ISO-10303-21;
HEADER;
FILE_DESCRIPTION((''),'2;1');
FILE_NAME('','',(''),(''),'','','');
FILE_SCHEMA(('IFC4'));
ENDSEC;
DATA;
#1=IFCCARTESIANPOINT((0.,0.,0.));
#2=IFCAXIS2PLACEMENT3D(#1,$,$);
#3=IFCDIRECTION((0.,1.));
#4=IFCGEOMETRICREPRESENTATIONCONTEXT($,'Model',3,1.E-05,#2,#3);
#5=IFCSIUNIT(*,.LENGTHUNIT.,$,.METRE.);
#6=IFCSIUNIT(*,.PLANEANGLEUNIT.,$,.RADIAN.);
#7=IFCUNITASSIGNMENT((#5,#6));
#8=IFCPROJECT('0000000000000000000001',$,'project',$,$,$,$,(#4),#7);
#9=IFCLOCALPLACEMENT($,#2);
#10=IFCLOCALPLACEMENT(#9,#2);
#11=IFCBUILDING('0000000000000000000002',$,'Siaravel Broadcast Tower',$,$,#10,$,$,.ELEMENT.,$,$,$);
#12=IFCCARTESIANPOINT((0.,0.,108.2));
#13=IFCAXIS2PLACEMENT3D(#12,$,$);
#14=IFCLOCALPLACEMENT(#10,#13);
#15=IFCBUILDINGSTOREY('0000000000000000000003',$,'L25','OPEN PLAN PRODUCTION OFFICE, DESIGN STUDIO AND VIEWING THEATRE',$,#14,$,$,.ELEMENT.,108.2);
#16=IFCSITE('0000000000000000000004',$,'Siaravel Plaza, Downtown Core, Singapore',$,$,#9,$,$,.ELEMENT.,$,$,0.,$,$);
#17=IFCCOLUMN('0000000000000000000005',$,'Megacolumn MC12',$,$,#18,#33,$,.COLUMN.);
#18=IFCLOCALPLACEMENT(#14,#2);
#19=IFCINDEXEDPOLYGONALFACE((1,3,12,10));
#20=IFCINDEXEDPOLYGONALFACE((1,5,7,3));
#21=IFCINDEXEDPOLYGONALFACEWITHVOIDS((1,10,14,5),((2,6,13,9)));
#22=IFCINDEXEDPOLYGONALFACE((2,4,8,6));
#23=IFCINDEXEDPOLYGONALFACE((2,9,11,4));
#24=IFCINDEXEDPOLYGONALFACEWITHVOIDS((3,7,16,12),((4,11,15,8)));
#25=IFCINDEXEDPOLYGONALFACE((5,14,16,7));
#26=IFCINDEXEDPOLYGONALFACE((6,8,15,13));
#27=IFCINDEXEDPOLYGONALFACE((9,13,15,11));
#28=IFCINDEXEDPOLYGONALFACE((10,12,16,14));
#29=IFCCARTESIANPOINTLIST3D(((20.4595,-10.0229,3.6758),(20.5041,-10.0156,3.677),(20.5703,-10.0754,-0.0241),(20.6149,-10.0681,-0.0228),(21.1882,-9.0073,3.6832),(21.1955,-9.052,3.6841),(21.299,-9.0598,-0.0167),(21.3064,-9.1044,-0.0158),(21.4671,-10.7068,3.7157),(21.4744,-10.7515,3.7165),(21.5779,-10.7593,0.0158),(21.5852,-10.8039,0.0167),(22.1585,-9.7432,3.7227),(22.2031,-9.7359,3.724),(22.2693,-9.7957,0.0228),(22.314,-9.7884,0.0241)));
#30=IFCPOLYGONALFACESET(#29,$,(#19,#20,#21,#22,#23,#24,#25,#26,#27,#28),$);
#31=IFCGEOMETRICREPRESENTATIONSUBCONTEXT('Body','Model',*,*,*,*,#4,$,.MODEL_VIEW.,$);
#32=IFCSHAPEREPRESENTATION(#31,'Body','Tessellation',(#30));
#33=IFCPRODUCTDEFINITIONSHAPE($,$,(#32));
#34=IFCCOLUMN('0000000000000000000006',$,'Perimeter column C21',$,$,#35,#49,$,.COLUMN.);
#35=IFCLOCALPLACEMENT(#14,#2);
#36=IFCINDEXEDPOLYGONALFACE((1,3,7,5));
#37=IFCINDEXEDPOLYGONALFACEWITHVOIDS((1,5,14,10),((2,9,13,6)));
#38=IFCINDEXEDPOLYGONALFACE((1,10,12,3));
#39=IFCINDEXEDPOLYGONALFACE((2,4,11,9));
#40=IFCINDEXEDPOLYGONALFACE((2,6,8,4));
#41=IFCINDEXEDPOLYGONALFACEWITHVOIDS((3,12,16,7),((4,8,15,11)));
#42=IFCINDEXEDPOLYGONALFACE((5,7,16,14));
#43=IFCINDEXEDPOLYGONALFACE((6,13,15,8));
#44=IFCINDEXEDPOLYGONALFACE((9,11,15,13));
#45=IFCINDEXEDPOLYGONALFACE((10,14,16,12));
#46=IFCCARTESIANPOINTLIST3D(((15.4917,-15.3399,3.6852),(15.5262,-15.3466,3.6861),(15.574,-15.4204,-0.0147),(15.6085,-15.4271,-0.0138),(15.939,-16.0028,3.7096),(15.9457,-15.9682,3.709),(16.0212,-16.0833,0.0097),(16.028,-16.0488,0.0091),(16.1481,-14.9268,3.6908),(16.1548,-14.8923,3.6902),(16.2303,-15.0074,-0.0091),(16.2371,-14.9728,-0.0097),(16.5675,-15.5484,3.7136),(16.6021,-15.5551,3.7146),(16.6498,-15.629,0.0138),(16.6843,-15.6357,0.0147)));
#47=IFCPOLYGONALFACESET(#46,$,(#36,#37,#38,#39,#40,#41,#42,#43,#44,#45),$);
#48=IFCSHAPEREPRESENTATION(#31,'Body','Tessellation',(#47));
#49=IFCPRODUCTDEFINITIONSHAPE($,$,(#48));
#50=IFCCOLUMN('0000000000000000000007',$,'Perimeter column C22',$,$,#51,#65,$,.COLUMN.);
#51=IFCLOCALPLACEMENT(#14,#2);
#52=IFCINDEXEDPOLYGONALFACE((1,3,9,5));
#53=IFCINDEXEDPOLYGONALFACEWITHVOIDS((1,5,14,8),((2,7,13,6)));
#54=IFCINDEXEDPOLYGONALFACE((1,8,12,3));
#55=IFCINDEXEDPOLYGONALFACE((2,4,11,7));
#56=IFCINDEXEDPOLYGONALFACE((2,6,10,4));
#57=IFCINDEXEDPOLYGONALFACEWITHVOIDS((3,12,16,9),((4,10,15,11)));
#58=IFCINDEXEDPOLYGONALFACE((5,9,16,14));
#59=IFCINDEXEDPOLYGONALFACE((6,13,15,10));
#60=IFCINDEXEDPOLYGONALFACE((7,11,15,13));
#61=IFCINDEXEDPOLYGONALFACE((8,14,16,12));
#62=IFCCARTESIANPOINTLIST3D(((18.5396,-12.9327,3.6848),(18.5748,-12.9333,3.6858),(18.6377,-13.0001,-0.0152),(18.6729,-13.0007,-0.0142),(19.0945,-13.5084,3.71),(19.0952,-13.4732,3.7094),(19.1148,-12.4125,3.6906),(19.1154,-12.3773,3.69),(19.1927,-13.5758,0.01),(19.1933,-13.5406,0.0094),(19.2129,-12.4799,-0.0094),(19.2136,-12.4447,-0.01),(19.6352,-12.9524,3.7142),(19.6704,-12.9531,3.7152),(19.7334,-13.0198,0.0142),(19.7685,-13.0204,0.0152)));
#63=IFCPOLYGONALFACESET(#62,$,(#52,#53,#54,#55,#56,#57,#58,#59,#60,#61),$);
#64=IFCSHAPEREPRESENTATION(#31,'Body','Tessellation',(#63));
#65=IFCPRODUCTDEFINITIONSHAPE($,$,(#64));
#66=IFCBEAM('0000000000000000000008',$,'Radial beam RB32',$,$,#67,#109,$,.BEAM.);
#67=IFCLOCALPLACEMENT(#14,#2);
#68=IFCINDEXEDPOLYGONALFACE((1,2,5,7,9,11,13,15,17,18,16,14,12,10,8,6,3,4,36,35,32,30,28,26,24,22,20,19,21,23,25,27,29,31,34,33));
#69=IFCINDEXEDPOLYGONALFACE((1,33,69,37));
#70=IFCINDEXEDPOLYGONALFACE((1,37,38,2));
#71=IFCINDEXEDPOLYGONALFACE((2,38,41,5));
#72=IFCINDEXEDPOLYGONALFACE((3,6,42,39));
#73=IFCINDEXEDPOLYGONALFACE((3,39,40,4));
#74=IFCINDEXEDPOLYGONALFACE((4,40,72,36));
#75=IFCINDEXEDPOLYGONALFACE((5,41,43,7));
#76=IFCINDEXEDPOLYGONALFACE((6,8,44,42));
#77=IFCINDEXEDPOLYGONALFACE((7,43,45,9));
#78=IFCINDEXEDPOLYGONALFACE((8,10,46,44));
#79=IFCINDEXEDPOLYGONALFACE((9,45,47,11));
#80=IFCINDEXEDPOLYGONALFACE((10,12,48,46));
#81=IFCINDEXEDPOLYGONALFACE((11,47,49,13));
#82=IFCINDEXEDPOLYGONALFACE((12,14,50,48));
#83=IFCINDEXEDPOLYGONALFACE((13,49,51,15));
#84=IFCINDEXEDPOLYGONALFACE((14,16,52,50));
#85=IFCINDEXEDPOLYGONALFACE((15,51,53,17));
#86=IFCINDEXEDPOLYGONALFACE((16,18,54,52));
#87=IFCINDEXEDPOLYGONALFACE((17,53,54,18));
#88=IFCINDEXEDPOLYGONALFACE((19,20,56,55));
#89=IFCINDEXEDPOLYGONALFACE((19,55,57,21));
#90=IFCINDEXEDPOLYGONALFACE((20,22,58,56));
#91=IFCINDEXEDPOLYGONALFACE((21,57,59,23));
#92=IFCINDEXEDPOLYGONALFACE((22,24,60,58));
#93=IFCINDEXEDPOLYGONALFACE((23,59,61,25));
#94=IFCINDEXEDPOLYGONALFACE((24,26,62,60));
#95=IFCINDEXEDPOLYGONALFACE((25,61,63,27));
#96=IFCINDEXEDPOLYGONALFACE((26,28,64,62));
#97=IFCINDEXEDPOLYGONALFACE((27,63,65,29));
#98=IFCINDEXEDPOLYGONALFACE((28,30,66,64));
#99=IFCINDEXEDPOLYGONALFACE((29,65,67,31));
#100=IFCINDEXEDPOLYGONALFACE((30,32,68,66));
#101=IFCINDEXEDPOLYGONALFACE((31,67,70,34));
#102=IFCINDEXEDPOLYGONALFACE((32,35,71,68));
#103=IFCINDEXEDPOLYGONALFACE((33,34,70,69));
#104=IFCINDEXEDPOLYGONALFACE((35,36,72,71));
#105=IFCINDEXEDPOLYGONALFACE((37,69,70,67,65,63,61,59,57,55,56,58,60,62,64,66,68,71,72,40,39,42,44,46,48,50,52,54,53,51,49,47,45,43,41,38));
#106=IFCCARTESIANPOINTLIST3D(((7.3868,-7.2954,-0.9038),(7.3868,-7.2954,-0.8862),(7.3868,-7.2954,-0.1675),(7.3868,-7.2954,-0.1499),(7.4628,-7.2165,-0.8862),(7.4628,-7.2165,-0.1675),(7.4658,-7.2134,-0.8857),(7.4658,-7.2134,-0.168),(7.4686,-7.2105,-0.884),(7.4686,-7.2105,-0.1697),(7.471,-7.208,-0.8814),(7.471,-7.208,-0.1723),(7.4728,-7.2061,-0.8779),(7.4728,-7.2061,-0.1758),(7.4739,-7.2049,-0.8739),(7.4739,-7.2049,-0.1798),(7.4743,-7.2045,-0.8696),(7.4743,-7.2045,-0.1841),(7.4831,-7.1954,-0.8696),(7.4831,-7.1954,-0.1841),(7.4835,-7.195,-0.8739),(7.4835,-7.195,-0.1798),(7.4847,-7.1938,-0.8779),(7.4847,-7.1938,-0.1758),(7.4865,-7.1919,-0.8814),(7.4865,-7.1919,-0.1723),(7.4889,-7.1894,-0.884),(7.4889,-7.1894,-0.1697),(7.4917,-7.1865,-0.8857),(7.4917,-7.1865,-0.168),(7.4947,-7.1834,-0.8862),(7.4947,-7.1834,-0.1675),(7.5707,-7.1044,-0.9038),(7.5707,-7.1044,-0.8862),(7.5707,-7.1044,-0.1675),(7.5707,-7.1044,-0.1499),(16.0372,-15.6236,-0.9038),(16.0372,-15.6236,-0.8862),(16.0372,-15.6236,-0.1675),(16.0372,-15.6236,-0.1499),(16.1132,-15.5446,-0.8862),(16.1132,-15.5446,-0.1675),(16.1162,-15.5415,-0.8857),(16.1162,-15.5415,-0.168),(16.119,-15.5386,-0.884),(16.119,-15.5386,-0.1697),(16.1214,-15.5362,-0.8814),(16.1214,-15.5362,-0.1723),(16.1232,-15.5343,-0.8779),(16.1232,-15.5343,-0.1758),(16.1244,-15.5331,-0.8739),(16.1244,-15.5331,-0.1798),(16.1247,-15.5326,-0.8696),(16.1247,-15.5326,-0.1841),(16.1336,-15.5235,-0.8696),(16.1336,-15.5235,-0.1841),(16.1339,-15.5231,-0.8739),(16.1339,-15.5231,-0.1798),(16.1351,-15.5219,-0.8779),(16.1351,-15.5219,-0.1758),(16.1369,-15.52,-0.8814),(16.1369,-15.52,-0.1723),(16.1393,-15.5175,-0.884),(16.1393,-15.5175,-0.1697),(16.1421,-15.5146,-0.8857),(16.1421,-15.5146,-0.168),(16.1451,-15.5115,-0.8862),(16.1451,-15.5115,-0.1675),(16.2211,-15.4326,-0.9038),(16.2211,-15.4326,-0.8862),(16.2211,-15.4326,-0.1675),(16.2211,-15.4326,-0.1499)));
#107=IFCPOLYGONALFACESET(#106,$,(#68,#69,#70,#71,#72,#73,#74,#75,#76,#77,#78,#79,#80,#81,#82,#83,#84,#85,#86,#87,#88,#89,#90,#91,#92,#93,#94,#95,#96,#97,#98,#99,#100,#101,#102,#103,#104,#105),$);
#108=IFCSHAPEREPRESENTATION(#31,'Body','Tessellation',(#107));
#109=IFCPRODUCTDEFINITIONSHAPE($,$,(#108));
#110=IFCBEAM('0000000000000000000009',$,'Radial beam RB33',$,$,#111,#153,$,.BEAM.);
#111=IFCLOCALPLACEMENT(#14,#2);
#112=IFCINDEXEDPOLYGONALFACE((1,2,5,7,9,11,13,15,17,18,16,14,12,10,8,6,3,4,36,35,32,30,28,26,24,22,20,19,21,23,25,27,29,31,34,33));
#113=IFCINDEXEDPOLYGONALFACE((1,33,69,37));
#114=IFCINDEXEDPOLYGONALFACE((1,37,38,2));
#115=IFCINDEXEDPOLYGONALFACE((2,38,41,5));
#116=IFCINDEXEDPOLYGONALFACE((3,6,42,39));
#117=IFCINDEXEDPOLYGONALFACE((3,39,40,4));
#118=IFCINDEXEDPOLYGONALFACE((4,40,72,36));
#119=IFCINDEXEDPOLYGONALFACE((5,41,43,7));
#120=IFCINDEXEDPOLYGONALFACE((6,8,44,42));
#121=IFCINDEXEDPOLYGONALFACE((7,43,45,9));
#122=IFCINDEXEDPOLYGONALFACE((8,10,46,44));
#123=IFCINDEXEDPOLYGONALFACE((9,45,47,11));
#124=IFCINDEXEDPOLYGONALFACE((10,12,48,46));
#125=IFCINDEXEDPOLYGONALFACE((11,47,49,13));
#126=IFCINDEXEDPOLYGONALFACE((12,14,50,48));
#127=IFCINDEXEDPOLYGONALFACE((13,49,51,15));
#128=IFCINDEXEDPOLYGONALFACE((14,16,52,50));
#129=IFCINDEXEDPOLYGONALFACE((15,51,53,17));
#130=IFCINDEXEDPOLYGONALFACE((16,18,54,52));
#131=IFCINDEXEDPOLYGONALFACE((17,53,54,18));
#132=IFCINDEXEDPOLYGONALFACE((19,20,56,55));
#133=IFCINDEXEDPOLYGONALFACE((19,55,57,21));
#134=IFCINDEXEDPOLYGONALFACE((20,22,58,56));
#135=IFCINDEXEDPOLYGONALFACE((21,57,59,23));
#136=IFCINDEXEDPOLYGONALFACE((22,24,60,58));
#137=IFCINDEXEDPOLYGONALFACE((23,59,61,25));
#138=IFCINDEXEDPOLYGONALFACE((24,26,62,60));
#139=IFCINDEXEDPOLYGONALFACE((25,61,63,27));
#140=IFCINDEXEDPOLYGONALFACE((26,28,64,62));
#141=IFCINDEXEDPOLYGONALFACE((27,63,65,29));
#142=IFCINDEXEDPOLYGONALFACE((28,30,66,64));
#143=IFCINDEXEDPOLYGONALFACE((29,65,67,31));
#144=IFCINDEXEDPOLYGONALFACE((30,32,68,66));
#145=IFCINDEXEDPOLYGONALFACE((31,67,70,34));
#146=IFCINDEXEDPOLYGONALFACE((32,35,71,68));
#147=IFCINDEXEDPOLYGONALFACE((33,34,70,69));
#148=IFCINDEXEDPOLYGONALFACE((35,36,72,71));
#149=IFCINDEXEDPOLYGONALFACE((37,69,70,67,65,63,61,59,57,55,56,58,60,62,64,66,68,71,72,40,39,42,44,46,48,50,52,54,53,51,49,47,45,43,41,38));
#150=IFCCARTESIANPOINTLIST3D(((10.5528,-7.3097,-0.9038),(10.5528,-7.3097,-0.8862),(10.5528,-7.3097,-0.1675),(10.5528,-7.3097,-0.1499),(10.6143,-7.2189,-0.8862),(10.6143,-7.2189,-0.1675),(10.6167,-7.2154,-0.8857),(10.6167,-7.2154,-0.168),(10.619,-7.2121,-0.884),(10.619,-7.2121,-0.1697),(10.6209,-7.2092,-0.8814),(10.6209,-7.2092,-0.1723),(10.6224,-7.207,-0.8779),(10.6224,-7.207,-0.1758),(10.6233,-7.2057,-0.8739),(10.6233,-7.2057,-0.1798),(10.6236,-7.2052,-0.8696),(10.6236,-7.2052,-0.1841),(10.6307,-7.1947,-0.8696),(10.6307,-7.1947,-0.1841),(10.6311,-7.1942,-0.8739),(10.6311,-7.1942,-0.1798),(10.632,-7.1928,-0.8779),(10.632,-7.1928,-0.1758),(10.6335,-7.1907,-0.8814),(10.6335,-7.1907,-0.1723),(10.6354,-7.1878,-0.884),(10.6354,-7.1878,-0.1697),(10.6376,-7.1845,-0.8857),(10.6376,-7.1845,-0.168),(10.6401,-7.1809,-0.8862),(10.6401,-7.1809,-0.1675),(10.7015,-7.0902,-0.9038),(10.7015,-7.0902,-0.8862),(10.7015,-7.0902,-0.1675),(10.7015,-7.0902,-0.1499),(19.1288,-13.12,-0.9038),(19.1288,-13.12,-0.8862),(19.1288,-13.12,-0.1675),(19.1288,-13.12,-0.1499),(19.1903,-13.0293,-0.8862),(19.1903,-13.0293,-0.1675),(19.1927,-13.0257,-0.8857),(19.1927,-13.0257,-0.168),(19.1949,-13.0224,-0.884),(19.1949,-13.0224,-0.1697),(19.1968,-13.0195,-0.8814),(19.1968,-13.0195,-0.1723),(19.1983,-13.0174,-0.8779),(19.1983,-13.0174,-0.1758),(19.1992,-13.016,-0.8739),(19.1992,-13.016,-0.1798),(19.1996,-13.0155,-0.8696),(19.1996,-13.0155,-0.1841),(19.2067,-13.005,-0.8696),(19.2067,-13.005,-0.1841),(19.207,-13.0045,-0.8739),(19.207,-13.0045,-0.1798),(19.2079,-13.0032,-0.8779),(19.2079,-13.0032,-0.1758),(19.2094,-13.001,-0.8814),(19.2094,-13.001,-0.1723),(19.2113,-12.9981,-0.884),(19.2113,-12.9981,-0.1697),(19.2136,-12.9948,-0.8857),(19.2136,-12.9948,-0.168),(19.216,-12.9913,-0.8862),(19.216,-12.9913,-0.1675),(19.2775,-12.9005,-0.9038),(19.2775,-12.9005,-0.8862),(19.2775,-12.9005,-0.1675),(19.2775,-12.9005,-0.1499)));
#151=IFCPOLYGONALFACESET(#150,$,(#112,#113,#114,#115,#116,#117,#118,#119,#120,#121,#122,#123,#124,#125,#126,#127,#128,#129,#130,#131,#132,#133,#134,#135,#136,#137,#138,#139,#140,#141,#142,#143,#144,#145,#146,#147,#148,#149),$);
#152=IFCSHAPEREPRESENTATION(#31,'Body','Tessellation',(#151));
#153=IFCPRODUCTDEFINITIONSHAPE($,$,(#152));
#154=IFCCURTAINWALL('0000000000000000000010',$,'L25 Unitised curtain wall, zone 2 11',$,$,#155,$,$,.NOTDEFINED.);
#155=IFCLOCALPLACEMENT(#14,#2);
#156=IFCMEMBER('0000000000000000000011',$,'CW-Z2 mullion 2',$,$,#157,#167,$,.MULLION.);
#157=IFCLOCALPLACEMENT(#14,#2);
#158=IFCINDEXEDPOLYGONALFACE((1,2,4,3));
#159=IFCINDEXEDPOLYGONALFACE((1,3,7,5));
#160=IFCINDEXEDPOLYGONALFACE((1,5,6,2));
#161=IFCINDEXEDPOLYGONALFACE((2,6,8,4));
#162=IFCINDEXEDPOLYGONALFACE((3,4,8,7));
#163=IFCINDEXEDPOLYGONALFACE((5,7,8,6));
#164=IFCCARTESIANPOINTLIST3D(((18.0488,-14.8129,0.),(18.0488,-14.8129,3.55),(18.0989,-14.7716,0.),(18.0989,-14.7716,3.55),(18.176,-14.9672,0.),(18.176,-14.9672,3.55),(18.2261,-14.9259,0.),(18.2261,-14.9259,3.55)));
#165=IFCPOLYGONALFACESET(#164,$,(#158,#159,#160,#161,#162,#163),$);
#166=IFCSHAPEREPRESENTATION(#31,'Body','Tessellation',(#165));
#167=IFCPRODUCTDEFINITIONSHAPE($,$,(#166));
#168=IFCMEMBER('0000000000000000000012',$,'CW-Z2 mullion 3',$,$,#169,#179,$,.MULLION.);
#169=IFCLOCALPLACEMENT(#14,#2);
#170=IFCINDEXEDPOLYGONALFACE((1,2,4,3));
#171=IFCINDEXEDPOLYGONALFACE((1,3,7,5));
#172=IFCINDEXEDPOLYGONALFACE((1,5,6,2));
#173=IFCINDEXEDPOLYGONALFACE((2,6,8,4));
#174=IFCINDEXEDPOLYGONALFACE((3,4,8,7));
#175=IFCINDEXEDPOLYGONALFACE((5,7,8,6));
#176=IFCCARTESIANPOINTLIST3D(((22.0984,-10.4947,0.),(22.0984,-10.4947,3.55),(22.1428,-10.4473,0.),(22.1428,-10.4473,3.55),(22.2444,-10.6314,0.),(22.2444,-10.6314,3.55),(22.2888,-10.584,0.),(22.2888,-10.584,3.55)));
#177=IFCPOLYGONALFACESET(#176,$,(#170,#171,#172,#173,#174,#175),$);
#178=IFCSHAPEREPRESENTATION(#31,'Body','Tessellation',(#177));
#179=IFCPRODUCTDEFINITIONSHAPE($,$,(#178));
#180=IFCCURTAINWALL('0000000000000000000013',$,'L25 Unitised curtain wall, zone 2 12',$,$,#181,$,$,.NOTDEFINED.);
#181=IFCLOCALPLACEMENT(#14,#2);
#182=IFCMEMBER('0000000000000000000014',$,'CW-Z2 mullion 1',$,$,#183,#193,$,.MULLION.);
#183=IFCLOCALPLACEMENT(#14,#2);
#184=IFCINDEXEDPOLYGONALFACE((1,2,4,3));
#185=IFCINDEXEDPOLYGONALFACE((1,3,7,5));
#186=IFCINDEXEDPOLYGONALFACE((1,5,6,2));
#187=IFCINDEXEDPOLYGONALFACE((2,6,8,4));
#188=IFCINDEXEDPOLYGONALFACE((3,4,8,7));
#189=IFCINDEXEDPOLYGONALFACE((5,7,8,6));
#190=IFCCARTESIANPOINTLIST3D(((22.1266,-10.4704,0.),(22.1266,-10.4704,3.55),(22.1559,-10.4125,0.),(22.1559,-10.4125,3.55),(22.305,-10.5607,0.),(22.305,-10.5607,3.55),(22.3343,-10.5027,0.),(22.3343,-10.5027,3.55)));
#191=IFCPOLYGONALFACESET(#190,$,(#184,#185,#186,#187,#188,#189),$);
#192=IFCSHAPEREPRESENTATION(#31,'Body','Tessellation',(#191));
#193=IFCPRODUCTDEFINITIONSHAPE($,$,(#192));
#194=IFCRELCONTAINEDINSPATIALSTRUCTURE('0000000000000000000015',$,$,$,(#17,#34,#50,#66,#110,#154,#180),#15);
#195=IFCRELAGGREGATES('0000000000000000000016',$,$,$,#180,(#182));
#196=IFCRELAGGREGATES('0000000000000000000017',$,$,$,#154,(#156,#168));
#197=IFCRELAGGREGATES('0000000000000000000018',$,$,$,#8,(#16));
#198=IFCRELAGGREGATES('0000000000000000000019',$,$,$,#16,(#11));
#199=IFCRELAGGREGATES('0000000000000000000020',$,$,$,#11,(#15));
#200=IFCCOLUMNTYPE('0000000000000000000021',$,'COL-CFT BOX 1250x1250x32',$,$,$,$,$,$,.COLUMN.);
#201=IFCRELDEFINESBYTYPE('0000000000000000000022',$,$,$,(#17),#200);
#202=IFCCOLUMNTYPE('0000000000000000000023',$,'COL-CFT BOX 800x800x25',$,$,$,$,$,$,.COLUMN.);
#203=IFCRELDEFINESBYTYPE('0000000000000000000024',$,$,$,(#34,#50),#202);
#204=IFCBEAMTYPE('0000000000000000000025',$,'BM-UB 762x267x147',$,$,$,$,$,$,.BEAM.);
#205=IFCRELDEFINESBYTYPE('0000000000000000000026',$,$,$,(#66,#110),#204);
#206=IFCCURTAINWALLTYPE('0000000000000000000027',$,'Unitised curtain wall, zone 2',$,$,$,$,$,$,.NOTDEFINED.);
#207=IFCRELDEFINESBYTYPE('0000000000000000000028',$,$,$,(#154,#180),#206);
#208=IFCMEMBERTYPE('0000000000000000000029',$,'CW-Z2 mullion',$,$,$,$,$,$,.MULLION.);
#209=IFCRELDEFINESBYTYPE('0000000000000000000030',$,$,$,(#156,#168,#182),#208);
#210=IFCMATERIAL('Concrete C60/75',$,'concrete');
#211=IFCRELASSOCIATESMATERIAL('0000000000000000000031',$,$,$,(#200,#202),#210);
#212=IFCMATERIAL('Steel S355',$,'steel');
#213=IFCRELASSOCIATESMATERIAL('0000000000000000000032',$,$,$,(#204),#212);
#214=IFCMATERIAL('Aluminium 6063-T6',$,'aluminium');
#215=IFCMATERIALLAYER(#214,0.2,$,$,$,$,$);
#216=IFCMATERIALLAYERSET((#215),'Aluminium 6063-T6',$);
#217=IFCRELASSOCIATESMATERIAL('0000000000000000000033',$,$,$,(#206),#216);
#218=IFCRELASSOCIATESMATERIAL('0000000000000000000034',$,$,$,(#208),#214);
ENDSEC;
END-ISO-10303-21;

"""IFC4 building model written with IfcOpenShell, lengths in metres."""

from ifc_helpers import new_model, si_unit, direction, frame, origin, origin_2d, place, context, subcontext, project, spatial, rectangle, hollow_rectangle, i_section, extrude, material, layer, layer_set, material_profile, profile_set, type_object, element, aggregate, save


model = new_model("IFC4")

# Units and contexts
model_context = context("Model", 3, precision=1e-05, world=origin(), true_north=direction((0.0, 1.0)))
body_context = subcontext(model_context, "Body", "Model", "MODEL_VIEW")
ifc_project = project(units=[si_unit("LENGTHUNIT", "METRE"), si_unit("PLANEANGLEUNIT", "RADIAN")], contexts=[model_context])

# Site, building, storey
site_placement = place(None, origin())
site = spatial("IfcSite", under=ifc_project, at=site_placement, Name="Siaravel Plaza, Downtown Core, Singapore", CompositionType="ELEMENT", RefElevation=0.0)
building_placement = place(site_placement, origin())
building = spatial("IfcBuilding", under=site, at=building_placement, Name="Siaravel Broadcast Tower", CompositionType="ELEMENT")
storey_placement = place(building_placement, frame((0.0, 0.0, 108.2)))
storey = spatial("IfcBuildingStorey", under=building, at=storey_placement, Name="L25", Description="OPEN PLAN PRODUCTION OFFICE, DESIGN STUDIO AND VIEWING THEATRE", CompositionType="ELEMENT", Elevation=108.2)

# Columns
ifc_material_1 = material(Name="Concrete C60/75", Category="concrete")
ifc_material_profile_1 = material_profile(ifc_material_1, hollow_rectangle(XDim=1.25, YDim=1.25, WallThickness=0.032, at=origin_2d()))
ifc_profile_set_1 = profile_set([ifc_material_profile_1], Name="Concrete C60/75")
column_type_1 = type_object("IfcColumnType", Name="COL-CFT BOX 1250x1250x32", PredefinedType="COLUMN", material=ifc_profile_set_1)
column_1_placement = place(storey_placement, frame((21.4421, -9.9319, 0.0), z_axis=(-0.029941, 0.014179, 0.999451), x_axis=(-0.582967, -0.812474, -0.005938)))
element("IfcColumn", 1, at=column_1_placement, inside=storey, type_object=column_type_1, Name="Megacolumn MC12", PredefinedType="COLUMN", context=body_context, shape_type="SweptSolid", body=[
    extrude(hollow_rectangle(XDim=1.25, YDim=1.25, WallThickness=0.032, at=origin_2d()), origin(), (0.0, 0.0, 1.0), 3.7019),
])
ifc_material_profile_2 = material_profile(ifc_material_1, hollow_rectangle(XDim=0.8, YDim=0.8, WallThickness=0.0249, at=origin_2d()))
ifc_profile_set_2 = profile_set([ifc_material_profile_2], Name="Concrete C60/75")
column_type_2 = type_object("IfcColumnType", Name="COL-CFT BOX 800x800x25", PredefinedType="COLUMN", material=ifc_profile_set_2)
column_2_placement = place(storey_placement, frame((16.1292, -15.5281, 0.0), z_axis=(-0.022226, 0.021764, 0.999516), x_axis=(-0.828819, -0.559482, -0.006248)))
element("IfcColumn", 2, at=column_2_placement, inside=storey, type_object=column_type_2, Name="Perimeter column C21", PredefinedType="COLUMN", context=body_context, shape_type="SweptSolid", body=[
    extrude(hollow_rectangle(XDim=0.8, YDim=0.8, WallThickness=0.0249, at=origin_2d()), origin(), (0.0, 0.0, 1.0), 3.7017),
])
column_3_placement = place(storey_placement, frame((19.2031, -13.0103, 0.0), z_axis=(-0.026512, 0.018202, 0.999483), x_axis=(-0.719802, -0.694149, -0.006452)))
element("IfcColumn", 3, at=column_3_placement, inside=storey, type_object=column_type_2, Name="Perimeter column C22", PredefinedType="COLUMN", context=body_context, shape_type="SweptSolid", body=[
    extrude(hollow_rectangle(XDim=0.8, YDim=0.8, WallThickness=0.0249, at=origin_2d()), origin(), (0.0, 0.0, 1.0), 3.7019),
])

# Beams
ifc_material_2 = material(Name="Steel S355", Category="steel")
ifc_material_profile_3 = material_profile(ifc_material_2, i_section(OverallWidth=0.2651, OverallDepth=0.7539, WebThickness=0.0127, FlangeThickness=0.0176, FilletRadius=0.0166, at=origin_2d()))
ifc_profile_set_3 = profile_set([ifc_material_profile_3], Name="Steel S355")
beam_type = type_object("IfcBeamType", Name="BM-UB 762x267x147", PredefinedType="BEAM", material=ifc_profile_set_3)
beam_1_placement = place(storey_placement, frame((16.1292, -15.5281, -0.5269), z_axis=(-0.720398, 0.69356, 0.0), x_axis=(-0.69356, -0.720398, 0.0)))
element("IfcBeam", 4, at=beam_1_placement, inside=storey, type_object=beam_type, Name="Radial beam RB32", PredefinedType="BEAM", context=body_context, shape_type="SweptSolid", body=[
    extrude(i_section(OverallWidth=0.2651, OverallDepth=0.7539, WebThickness=0.0127, FlangeThickness=0.0176, FilletRadius=0.0166, at=origin_2d()), origin(), (0.0, 0.0, 1.0), 12.0078),
])
beam_2_placement = place(storey_placement, frame((19.2031, -13.0103, -0.5269), z_axis=(-0.827883, 0.560901, 0.0), x_axis=(-0.560901, -0.827883, 0.0)))
element("IfcBeam", 5, at=beam_2_placement, inside=storey, type_object=beam_type, Name="Radial beam RB33", PredefinedType="BEAM", context=body_context, shape_type="SweptSolid", body=[
    extrude(i_section(OverallWidth=0.2651, OverallDepth=0.7539, WebThickness=0.0127, FlangeThickness=0.0176, FilletRadius=0.0166, at=origin_2d()), origin(), (0.0, 0.0, 1.0), 10.3589),
])

# Curtain wall, members
ifc_material_3 = material(Name="Aluminium 6063-T6", Category="aluminium")
ifc_layer_1 = layer(ifc_material_3, 0.2)
ifc_layer_set_1 = layer_set([ifc_layer_1], Name="Aluminium 6063-T6")
curtain_wall_type = type_object("IfcCurtainWallType", Name="Unitised curtain wall, zone 2", PredefinedType="NOTDEFINED", material=ifc_layer_set_1)
curtain_wall_1_placement = place(storey_placement, origin())
curtain_wall_1 = element("IfcCurtainWall", 6, at=curtain_wall_1_placement, inside=storey, type_object=curtain_wall_type, Name="L25 Unitised curtain wall, zone 2 11", PredefinedType="NOTDEFINED")
ifc_material_profile_4 = material_profile(ifc_material_3, rectangle(XDim=0.2, YDim=0.0649, at=origin_2d()))
ifc_profile_set_4 = profile_set([ifc_material_profile_4], Name="Aluminium 6063-T6")
member_type_1 = type_object("IfcMemberType", Name="CW-Z2 mullion", PredefinedType="MULLION", material=ifc_profile_set_4)
member_1_placement = place(storey_placement, frame((18.1375, -14.8694, 0.0), z_axis=(0.0, 0.0, 1.0), x_axis=(-0.636218, 0.771509, 0.0)))
member_1 = element("IfcMember", 7, at=member_1_placement, type_object=member_type_1, Name="CW-Z2 mullion 2", PredefinedType="MULLION", context=body_context, shape_type="SweptSolid", body=[
    extrude(rectangle(XDim=0.2, YDim=0.0649, at=origin_2d()), origin(), (0.0, 0.0, 1.0), 3.55),
])
member_2_placement = place(storey_placement, frame((22.1936, -10.5393, 0.0), z_axis=(0.0, 0.0, 1.0), x_axis=(-0.729805, 0.683655, 0.0)))
member_2 = element("IfcMember", 8, at=member_2_placement, type_object=member_type_1, Name="CW-Z2 mullion 3", PredefinedType="MULLION", context=body_context, shape_type="SweptSolid", body=[
    extrude(rectangle(XDim=0.2, YDim=0.0649, at=origin_2d()), origin(), (0.0, 0.0, 1.0), 3.55),
])

# Curtain wall, member
curtain_wall_2_placement = place(storey_placement, origin())
curtain_wall_2 = element("IfcCurtainWall", 9, at=curtain_wall_2_placement, inside=storey, type_object=curtain_wall_type, Name="L25 Unitised curtain wall, zone 2 12", PredefinedType="NOTDEFINED")
member_3_placement = place(storey_placement, frame((22.2305, -10.4866, 0.0), z_axis=(0.0, 0.0, 1.0), x_axis=(-0.892392, 0.451261, 0.0)))
member_3 = element("IfcMember", 10, at=member_3_placement, type_object=member_type_1, Name="CW-Z2 mullion 1", PredefinedType="MULLION", context=body_context, shape_type="SweptSolid", body=[
    extrude(rectangle(XDim=0.2, YDim=0.0649, at=origin_2d()), origin(), (0.0, 0.0, 1.0), 3.55),
])

aggregate(curtain_wall_2, [member_3])

aggregate(curtain_wall_1, [member_1, member_2])

save(model, "model.ifc")
